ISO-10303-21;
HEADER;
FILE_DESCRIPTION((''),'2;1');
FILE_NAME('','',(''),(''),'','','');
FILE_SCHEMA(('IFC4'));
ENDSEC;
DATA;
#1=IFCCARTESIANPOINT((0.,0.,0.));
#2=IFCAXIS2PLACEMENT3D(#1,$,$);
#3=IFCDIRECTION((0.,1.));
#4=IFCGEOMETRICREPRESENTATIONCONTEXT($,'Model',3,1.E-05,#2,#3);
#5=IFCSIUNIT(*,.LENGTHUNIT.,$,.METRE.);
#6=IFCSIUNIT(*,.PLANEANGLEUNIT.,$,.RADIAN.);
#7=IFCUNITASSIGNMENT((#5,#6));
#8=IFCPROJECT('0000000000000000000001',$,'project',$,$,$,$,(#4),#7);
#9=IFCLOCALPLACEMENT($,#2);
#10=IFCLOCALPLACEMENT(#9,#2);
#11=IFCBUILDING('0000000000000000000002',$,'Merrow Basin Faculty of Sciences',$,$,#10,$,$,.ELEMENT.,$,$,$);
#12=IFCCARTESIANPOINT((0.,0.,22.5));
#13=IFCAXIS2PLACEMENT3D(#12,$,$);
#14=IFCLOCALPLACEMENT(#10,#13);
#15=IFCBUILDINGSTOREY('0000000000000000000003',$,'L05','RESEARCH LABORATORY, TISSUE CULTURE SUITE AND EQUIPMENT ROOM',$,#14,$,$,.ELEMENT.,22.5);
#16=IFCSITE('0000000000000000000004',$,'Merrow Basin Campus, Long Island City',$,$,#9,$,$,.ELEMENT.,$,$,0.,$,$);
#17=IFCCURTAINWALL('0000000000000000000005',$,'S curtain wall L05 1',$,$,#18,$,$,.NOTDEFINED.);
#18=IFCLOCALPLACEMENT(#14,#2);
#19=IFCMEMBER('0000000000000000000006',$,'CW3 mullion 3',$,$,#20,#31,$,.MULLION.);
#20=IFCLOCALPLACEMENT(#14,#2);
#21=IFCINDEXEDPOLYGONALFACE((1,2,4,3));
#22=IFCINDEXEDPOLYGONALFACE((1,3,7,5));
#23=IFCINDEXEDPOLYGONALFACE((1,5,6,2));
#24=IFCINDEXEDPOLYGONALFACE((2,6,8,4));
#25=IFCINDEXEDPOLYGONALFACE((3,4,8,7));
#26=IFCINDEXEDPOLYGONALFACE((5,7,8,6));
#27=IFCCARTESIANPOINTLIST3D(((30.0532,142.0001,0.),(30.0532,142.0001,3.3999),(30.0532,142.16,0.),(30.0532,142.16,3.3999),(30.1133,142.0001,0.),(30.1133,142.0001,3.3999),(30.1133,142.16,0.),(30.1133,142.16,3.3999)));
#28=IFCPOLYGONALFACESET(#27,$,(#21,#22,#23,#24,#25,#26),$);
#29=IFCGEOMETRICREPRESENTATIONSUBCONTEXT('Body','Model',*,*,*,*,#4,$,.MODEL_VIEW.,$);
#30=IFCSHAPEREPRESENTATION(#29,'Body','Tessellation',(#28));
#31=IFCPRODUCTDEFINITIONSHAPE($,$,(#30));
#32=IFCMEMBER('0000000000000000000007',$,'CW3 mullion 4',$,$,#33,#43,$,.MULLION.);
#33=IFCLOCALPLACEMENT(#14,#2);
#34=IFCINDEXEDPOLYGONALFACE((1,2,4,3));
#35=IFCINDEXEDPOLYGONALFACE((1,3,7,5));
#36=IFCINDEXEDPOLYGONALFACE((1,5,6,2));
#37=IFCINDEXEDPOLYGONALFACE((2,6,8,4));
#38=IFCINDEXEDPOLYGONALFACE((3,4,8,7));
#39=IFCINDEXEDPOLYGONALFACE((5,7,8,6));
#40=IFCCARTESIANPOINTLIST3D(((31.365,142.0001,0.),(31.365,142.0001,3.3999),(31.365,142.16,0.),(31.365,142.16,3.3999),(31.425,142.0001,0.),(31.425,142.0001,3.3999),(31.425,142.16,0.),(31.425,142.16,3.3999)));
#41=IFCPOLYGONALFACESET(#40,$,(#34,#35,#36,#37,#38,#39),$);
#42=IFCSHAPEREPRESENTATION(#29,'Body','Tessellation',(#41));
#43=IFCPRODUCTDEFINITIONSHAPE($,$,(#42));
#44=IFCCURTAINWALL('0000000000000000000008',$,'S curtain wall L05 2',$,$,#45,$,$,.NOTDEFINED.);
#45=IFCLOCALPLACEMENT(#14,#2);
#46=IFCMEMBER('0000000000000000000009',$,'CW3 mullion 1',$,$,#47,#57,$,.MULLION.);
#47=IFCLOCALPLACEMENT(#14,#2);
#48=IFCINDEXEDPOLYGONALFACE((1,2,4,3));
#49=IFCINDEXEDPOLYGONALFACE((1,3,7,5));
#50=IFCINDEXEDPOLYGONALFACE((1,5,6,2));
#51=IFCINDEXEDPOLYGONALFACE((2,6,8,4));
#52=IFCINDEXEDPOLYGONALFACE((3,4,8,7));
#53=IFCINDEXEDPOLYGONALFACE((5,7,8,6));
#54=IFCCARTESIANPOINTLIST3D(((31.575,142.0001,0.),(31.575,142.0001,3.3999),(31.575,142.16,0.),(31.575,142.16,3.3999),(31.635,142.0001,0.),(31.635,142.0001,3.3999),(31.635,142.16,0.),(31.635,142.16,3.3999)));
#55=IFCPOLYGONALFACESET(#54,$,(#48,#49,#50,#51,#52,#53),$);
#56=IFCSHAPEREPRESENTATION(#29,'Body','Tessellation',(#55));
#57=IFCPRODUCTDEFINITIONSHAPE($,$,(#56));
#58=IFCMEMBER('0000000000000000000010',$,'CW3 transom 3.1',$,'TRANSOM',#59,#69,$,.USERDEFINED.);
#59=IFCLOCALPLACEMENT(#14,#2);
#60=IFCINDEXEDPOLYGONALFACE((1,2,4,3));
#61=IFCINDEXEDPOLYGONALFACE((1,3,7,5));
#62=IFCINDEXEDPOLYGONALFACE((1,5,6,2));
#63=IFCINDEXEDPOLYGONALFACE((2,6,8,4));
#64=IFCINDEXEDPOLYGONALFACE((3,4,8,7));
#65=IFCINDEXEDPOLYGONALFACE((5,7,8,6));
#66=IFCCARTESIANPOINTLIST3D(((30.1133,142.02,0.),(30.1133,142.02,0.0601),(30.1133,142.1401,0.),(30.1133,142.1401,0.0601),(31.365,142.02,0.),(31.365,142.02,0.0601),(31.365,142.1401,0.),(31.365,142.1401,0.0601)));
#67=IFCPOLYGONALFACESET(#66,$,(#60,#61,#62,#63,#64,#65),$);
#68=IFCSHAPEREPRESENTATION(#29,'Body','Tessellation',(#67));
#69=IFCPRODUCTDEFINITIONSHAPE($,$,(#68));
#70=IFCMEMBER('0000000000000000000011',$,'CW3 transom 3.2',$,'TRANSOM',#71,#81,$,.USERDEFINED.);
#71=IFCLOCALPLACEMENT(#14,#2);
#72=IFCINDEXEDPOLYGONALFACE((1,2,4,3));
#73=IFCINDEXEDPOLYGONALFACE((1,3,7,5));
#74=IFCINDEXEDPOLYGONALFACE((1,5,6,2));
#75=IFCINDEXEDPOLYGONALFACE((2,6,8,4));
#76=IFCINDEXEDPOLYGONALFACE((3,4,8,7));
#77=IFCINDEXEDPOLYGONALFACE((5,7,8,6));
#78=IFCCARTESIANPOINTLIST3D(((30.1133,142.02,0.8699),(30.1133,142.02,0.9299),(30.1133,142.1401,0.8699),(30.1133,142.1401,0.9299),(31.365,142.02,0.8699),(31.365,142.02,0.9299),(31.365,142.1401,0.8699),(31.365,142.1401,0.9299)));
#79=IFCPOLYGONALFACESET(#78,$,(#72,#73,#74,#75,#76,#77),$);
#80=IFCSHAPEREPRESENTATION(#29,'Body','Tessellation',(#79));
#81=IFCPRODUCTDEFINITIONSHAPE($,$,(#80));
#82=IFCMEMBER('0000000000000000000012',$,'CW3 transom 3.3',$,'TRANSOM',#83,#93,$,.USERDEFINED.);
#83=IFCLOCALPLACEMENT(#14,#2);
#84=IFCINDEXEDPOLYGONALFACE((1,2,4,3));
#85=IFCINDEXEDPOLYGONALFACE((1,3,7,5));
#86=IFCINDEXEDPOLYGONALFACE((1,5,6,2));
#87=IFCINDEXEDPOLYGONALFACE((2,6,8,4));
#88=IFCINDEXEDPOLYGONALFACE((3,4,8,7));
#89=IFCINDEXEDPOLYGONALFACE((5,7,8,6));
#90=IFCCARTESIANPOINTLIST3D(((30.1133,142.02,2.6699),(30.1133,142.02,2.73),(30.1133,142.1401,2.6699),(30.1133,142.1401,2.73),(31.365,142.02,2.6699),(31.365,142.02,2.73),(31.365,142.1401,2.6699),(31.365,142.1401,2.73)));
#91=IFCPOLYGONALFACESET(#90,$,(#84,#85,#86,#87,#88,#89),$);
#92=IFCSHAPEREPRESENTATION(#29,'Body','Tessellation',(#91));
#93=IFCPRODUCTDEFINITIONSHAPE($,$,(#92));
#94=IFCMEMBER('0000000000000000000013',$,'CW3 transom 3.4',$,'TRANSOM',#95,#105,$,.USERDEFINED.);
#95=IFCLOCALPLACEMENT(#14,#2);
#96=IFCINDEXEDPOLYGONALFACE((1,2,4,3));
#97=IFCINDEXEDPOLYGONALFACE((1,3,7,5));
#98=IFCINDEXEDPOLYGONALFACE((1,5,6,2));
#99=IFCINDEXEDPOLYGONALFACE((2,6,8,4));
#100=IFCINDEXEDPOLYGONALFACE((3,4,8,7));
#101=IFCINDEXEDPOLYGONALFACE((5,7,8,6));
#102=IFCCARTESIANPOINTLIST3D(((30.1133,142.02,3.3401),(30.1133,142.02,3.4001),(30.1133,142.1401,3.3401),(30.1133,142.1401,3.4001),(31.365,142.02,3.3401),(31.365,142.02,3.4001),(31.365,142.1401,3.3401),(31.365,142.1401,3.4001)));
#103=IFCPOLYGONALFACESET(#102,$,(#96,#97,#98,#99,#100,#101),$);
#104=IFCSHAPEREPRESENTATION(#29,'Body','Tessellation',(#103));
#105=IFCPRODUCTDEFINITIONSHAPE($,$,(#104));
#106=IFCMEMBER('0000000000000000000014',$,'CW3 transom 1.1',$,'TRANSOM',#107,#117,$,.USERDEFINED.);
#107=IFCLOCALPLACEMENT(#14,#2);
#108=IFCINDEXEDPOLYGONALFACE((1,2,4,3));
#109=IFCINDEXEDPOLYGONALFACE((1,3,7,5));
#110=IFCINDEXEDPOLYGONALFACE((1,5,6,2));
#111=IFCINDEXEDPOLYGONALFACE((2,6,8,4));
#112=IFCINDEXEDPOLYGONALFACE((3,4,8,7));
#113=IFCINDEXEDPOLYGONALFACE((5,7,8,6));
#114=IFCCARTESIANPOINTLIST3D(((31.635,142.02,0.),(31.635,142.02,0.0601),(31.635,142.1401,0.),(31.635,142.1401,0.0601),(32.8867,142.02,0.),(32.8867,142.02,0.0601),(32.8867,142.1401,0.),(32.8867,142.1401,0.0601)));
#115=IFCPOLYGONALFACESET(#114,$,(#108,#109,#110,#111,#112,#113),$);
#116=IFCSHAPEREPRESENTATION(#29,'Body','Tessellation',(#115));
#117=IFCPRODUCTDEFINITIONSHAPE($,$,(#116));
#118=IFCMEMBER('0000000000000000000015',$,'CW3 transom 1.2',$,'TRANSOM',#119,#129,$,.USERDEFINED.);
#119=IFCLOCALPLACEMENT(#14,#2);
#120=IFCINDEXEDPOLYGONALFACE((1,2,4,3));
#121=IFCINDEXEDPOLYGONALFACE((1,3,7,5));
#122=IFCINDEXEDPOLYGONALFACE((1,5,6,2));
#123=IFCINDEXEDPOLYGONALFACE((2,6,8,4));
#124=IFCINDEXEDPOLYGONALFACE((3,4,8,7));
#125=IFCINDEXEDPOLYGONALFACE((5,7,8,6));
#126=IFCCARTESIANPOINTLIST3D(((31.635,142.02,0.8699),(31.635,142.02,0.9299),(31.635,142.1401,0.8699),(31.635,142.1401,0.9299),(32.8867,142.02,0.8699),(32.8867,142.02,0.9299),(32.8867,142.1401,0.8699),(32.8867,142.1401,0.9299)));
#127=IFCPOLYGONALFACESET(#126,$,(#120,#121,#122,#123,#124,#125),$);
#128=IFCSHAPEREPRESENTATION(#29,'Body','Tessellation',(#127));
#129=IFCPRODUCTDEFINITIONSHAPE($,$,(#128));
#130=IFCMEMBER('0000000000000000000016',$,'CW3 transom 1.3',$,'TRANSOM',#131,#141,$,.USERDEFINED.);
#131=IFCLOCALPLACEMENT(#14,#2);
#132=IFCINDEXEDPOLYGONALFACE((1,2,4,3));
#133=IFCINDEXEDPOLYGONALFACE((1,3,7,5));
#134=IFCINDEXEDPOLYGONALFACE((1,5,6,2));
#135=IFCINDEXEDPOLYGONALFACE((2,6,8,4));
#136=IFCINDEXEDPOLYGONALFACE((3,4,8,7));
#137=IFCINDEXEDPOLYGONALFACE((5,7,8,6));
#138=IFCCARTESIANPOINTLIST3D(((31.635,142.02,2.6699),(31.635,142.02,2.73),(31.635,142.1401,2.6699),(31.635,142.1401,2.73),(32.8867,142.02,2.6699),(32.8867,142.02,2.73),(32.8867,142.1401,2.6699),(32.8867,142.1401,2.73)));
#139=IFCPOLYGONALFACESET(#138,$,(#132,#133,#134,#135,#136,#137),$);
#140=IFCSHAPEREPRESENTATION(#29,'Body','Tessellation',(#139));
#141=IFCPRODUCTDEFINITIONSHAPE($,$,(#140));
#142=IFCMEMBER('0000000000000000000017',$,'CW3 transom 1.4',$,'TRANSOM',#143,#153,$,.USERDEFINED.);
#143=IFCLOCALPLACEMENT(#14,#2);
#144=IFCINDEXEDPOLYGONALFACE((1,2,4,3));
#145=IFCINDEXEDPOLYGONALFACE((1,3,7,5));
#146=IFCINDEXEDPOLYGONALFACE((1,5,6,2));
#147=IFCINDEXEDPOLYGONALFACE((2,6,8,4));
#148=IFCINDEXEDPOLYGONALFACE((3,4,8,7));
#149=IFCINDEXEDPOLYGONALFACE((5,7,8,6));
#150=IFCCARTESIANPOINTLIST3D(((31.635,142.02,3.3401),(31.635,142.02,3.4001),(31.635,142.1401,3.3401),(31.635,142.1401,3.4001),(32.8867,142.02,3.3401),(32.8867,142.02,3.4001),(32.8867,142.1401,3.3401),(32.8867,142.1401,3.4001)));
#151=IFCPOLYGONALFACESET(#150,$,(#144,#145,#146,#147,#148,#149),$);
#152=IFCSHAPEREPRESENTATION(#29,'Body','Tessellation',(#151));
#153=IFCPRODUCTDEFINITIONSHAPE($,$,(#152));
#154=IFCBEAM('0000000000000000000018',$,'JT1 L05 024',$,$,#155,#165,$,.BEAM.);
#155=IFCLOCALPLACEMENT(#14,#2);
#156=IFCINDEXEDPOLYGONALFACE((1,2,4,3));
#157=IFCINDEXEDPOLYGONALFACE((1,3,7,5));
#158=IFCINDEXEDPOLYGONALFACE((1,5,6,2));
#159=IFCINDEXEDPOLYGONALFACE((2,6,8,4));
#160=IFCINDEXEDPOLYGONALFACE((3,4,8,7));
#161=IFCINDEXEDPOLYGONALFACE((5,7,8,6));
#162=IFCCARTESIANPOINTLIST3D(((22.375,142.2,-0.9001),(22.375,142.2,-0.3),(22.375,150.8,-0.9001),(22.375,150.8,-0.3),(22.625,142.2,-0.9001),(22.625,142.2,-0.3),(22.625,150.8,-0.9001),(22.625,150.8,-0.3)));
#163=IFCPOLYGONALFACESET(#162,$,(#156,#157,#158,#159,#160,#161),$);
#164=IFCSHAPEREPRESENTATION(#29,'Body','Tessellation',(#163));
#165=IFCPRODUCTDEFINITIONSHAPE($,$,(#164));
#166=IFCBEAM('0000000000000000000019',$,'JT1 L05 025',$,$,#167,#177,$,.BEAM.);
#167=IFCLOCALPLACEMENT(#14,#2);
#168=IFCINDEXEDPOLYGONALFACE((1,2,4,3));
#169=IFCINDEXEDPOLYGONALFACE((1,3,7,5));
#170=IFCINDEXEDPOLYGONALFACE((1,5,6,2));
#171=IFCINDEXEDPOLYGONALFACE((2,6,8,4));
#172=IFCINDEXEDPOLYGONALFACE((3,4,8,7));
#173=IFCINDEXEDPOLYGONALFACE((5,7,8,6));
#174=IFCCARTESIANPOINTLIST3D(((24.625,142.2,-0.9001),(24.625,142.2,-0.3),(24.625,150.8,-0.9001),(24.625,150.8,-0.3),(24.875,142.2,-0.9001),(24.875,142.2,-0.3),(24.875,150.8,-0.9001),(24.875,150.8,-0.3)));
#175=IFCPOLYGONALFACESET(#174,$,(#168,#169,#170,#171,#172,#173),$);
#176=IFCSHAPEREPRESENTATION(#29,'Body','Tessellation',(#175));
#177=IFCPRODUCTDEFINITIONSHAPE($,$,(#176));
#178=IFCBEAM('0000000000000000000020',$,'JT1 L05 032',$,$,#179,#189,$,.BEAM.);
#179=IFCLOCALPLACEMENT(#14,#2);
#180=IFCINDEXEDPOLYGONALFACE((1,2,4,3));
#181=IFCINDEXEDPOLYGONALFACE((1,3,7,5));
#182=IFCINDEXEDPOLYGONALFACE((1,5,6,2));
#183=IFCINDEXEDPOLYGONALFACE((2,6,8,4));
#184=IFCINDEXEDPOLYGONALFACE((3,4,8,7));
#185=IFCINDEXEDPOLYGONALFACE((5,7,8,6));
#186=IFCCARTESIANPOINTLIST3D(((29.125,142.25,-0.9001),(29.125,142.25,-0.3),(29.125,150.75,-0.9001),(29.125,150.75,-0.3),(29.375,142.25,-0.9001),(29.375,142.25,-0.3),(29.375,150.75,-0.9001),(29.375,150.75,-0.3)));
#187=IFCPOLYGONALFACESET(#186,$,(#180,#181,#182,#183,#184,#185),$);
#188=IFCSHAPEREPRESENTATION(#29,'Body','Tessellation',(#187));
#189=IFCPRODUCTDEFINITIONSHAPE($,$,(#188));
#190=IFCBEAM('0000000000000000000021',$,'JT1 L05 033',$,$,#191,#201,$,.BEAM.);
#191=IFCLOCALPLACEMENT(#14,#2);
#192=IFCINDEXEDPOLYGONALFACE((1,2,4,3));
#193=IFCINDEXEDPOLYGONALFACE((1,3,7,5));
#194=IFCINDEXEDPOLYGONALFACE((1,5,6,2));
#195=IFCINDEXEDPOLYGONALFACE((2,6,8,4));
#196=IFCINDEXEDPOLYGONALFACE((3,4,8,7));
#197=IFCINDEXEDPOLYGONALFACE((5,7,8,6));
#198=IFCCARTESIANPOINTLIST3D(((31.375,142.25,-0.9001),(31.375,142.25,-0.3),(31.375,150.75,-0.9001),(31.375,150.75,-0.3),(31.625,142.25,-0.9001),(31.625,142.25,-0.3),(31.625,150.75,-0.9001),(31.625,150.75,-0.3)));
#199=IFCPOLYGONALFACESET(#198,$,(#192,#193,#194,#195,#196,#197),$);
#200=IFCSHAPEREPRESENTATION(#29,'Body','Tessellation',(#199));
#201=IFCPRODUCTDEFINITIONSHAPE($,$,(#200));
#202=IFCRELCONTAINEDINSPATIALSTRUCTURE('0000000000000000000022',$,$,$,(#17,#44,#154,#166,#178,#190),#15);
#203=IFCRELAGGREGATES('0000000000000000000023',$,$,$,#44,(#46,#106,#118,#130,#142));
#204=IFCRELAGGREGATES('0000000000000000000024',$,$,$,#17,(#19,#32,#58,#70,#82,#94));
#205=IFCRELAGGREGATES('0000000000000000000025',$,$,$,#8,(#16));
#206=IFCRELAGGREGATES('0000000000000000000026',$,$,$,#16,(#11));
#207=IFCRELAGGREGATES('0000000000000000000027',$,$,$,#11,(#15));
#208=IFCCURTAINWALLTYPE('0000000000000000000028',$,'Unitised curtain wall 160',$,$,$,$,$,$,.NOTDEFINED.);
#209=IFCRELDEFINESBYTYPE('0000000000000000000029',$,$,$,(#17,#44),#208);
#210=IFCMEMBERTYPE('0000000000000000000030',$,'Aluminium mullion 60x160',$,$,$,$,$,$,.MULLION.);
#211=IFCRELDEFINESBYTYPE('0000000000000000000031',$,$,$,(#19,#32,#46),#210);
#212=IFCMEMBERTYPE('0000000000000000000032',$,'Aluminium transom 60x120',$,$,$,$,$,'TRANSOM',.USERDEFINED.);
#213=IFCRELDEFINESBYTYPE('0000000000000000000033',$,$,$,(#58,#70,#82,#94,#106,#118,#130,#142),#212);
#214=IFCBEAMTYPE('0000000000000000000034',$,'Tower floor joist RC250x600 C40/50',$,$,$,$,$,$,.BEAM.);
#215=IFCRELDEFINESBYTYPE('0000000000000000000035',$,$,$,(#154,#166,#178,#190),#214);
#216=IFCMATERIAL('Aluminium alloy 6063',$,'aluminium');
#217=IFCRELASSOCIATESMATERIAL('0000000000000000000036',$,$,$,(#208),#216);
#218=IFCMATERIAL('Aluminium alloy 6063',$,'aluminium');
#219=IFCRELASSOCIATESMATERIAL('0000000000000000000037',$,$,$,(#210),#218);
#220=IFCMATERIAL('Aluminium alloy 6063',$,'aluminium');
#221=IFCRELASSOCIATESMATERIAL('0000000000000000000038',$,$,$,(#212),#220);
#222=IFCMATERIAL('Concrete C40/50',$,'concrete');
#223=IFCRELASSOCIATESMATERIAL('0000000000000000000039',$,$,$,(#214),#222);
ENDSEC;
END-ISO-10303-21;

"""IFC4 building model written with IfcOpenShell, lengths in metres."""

from ifc_helpers import new_model, si_unit, direction, frame, origin, origin_2d, place, context, subcontext, project, spatial, rectangle, extrude, material, material_profile, profile_set, type_object, element, aggregate, save


model = new_model("IFC4")

# Units and contexts
model_context = context("Model", 3, precision=1e-05, world=origin(), true_north=direction((0.0, 1.0)))
body_context = subcontext(model_context, "Body", "Model", "MODEL_VIEW")
ifc_project = project(units=[si_unit("LENGTHUNIT", "METRE"), si_unit("PLANEANGLEUNIT", "RADIAN")], contexts=[model_context])

# Site, building, storey
site_placement = place(None, origin())
site = spatial("IfcSite", under=ifc_project, at=site_placement, Name="Merrow Basin Campus, Long Island City", CompositionType="ELEMENT", RefElevation=0.0)
building_placement = place(site_placement, origin())
building = spatial("IfcBuilding", under=site, at=building_placement, Name="Merrow Basin Faculty of Sciences", CompositionType="ELEMENT")
storey_placement = place(building_placement, frame((0.0, 0.0, 22.5)))
storey = spatial("IfcBuildingStorey", under=building, at=storey_placement, Name="L05", Description="RESEARCH LABORATORY, TISSUE CULTURE SUITE AND EQUIPMENT ROOM", CompositionType="ELEMENT", Elevation=22.5)

# Curtain wall, members
ifc_material_1 = material(Name="Aluminium alloy 6063", Category="aluminium")
curtain_wall_type = type_object("IfcCurtainWallType", Name="Unitised curtain wall 160", PredefinedType="NOTDEFINED", material=ifc_material_1)
curtain_wall_1_placement = place(storey_placement, origin())
curtain_wall_1 = element("IfcCurtainWall", 1, at=curtain_wall_1_placement, inside=storey, type_object=curtain_wall_type, Name="S curtain wall L05 1", PredefinedType="NOTDEFINED")
ifc_material_2 = material(Name="Aluminium alloy 6063", Category="aluminium")
ifc_material_profile_1 = material_profile(ifc_material_2, rectangle(XDim=0.1599, YDim=0.0601, at=origin_2d()))
ifc_profile_set_1 = profile_set([ifc_material_profile_1], Name="Aluminium alloy 6063")
member_type_1 = type_object("IfcMemberType", Name="Aluminium mullion 60x160", PredefinedType="MULLION", material=ifc_profile_set_1)
member_1_placement = place(storey_placement, frame((30.0833, 142.0801, 0.0), z_axis=(0.0, 0.0, 1.0), x_axis=(0.0, 1.0, 0.0)))
member_1 = element("IfcMember", 2, at=member_1_placement, type_object=member_type_1, Name="CW3 mullion 3", PredefinedType="MULLION", context=body_context, shape_type="SweptSolid", body=[
    extrude(rectangle(XDim=0.1599, YDim=0.0601, at=origin_2d()), origin(), (0.0, 0.0, 1.0), 3.3999),
])
member_2_placement = place(storey_placement, frame((31.395, 142.0801, 0.0), z_axis=(0.0, 0.0, 1.0), x_axis=(0.0, 1.0, 0.0)))
member_2 = element("IfcMember", 3, at=member_2_placement, type_object=member_type_1, Name="CW3 mullion 4", PredefinedType="MULLION", context=body_context, shape_type="SweptSolid", body=[
    extrude(rectangle(XDim=0.1599, YDim=0.0601, at=origin_2d()), origin(), (0.0, 0.0, 1.0), 3.3999),
])

# Curtain wall, member
curtain_wall_2_placement = place(storey_placement, origin())
curtain_wall_2 = element("IfcCurtainWall", 4, at=curtain_wall_2_placement, inside=storey, type_object=curtain_wall_type, Name="S curtain wall L05 2", PredefinedType="NOTDEFINED")
member_3_placement = place(storey_placement, frame((31.605, 142.0801, 0.0), z_axis=(0.0, 0.0, 1.0), x_axis=(0.0, 1.0, 0.0)))
member_3 = element("IfcMember", 5, at=member_3_placement, type_object=member_type_1, Name="CW3 mullion 1", PredefinedType="MULLION", context=body_context, shape_type="SweptSolid", body=[
    extrude(rectangle(XDim=0.1599, YDim=0.0601, at=origin_2d()), origin(), (0.0, 0.0, 1.0), 3.3999),
])

# Members
ifc_material_3 = material(Name="Aluminium alloy 6063", Category="aluminium")
ifc_material_profile_2 = material_profile(ifc_material_3, rectangle(XDim=0.1201, YDim=0.0601, at=origin_2d()))
ifc_profile_set_2 = profile_set([ifc_material_profile_2], Name="Aluminium alloy 6063")
member_type_2 = type_object("IfcMemberType", Name="Aluminium transom 60x120", ElementType="TRANSOM", PredefinedType="USERDEFINED", material=ifc_profile_set_2)
member_4_placement = place(storey_placement, frame((30.1133, 142.0801, 0.03), z_axis=(1.0, 0.0, 0.0), x_axis=(0.0, 1.0, 0.0)))
member_4 = element("IfcMember", 6, at=member_4_placement, type_object=member_type_2, Name="CW3 transom 3.1", ObjectType="TRANSOM", PredefinedType="USERDEFINED", context=body_context, shape_type="SweptSolid", body=[
    extrude(rectangle(XDim=0.1201, YDim=0.0601, at=origin_2d()), origin(), (0.0, 0.0, 1.0), 1.2517),
])
member_5_placement = place(storey_placement, frame((30.1133, 142.0801, 0.8999), z_axis=(1.0, 0.0, 0.0), x_axis=(0.0, 1.0, 0.0)))
member_5 = element("IfcMember", 7, at=member_5_placement, type_object=member_type_2, Name="CW3 transom 3.2", ObjectType="TRANSOM", PredefinedType="USERDEFINED", context=body_context, shape_type="SweptSolid", body=[
    extrude(rectangle(XDim=0.1201, YDim=0.0601, at=origin_2d()), origin(), (0.0, 0.0, 1.0), 1.2517),
])
member_6_placement = place(storey_placement, frame((30.1133, 142.0801, 2.7), z_axis=(1.0, 0.0, 0.0), x_axis=(0.0, 1.0, 0.0)))
member_6 = element("IfcMember", 8, at=member_6_placement, type_object=member_type_2, Name="CW3 transom 3.3", ObjectType="TRANSOM", PredefinedType="USERDEFINED", context=body_context, shape_type="SweptSolid", body=[
    extrude(rectangle(XDim=0.1201, YDim=0.0601, at=origin_2d()), origin(), (0.0, 0.0, 1.0), 1.2517),
])
member_7_placement = place(storey_placement, frame((30.1133, 142.0801, 3.3701), z_axis=(1.0, 0.0, 0.0), x_axis=(0.0, 1.0, 0.0)))
member_7 = element("IfcMember", 9, at=member_7_placement, type_object=member_type_2, Name="CW3 transom 3.4", ObjectType="TRANSOM", PredefinedType="USERDEFINED", context=body_context, shape_type="SweptSolid", body=[
    extrude(rectangle(XDim=0.1201, YDim=0.0601, at=origin_2d()), origin(), (0.0, 0.0, 1.0), 1.2517),
])
member_8_placement = place(storey_placement, frame((31.635, 142.0801, 0.03), z_axis=(1.0, 0.0, 0.0), x_axis=(0.0, 1.0, 0.0)))
member_8 = element("IfcMember", 10, at=member_8_placement, type_object=member_type_2, Name="CW3 transom 1.1", ObjectType="TRANSOM", PredefinedType="USERDEFINED", context=body_context, shape_type="SweptSolid", body=[
    extrude(rectangle(XDim=0.1201, YDim=0.0601, at=origin_2d()), origin(), (0.0, 0.0, 1.0), 1.2517),
])
member_9_placement = place(storey_placement, frame((31.635, 142.0801, 0.8999), z_axis=(1.0, 0.0, 0.0), x_axis=(0.0, 1.0, 0.0)))
member_9 = element("IfcMember", 11, at=member_9_placement, type_object=member_type_2, Name="CW3 transom 1.2", ObjectType="TRANSOM", PredefinedType="USERDEFINED", context=body_context, shape_type="SweptSolid", body=[
    extrude(rectangle(XDim=0.1201, YDim=0.0601, at=origin_2d()), origin(), (0.0, 0.0, 1.0), 1.2517),
])
member_10_placement = place(storey_placement, frame((31.635, 142.0801, 2.7), z_axis=(1.0, 0.0, 0.0), x_axis=(0.0, 1.0, 0.0)))
member_10 = element("IfcMember", 12, at=member_10_placement, type_object=member_type_2, Name="CW3 transom 1.3", ObjectType="TRANSOM", PredefinedType="USERDEFINED", context=body_context, shape_type="SweptSolid", body=[
    extrude(rectangle(XDim=0.1201, YDim=0.0601, at=origin_2d()), origin(), (0.0, 0.0, 1.0), 1.2517),
])
member_11_placement = place(storey_placement, frame((31.635, 142.0801, 3.3701), z_axis=(1.0, 0.0, 0.0), x_axis=(0.0, 1.0, 0.0)))
member_11 = element("IfcMember", 13, at=member_11_placement, type_object=member_type_2, Name="CW3 transom 1.4", ObjectType="TRANSOM", PredefinedType="USERDEFINED", context=body_context, shape_type="SweptSolid", body=[
    extrude(rectangle(XDim=0.1201, YDim=0.0601, at=origin_2d()), origin(), (0.0, 0.0, 1.0), 1.2517),
])
aggregate(curtain_wall_2, [member_3, member_8, member_9, member_10, member_11])

# Beams
ifc_material_4 = material(Name="Concrete C40/50", Category="concrete")
ifc_material_profile_3 = material_profile(ifc_material_4, rectangle(XDim=0.25, YDim=0.6001, at=origin_2d()))
ifc_profile_set_3 = profile_set([ifc_material_profile_3], Name="Concrete C40/50")
beam_type = type_object("IfcBeamType", Name="Tower floor joist RC250x600 C40/50", PredefinedType="BEAM", material=ifc_profile_set_3)
for number, where, z_axis, x_axis, name in (
    (14, (22.5, 142.2, -0.6001), (0.0, 1.0, 0.0), (-1.0, 0.0, 0.0), "JT1 L05 024"),
    (15, (24.75, 142.2, -0.6001), (0.0, 1.0, 0.0), (-1.0, 0.0, 0.0), "JT1 L05 025"),
):
    element("IfcBeam", number, at=place(storey_placement, frame(where, z_axis=z_axis, x_axis=x_axis)), inside=storey, type_object=beam_type, Name=name, PredefinedType="BEAM", context=body_context, shape_type="SweptSolid", body=[
        extrude(rectangle(XDim=0.25, YDim=0.6001, at=origin_2d()), origin(), (0.0, 0.0, 1.0), 8.6001),
    ])
for number, where, z_axis, x_axis, name in (
    (16, (29.25, 142.25, -0.6001), (0.0, 1.0, 0.0), (-1.0, 0.0, 0.0), "JT1 L05 032"),
    (17, (31.5, 142.25, -0.6001), (0.0, 1.0, 0.0), (-1.0, 0.0, 0.0), "JT1 L05 033"),
):
    element("IfcBeam", number, at=place(storey_placement, frame(where, z_axis=z_axis, x_axis=x_axis)), inside=storey, type_object=beam_type, Name=name, PredefinedType="BEAM", context=body_context, shape_type="SweptSolid", body=[
        extrude(rectangle(XDim=0.25, YDim=0.6001, at=origin_2d()), origin(), (0.0, 0.0, 1.0), 8.5),
    ])

aggregate(curtain_wall_1, [member_1, member_2, member_4, member_5, member_6, member_7])

save(model, "model.ifc")
